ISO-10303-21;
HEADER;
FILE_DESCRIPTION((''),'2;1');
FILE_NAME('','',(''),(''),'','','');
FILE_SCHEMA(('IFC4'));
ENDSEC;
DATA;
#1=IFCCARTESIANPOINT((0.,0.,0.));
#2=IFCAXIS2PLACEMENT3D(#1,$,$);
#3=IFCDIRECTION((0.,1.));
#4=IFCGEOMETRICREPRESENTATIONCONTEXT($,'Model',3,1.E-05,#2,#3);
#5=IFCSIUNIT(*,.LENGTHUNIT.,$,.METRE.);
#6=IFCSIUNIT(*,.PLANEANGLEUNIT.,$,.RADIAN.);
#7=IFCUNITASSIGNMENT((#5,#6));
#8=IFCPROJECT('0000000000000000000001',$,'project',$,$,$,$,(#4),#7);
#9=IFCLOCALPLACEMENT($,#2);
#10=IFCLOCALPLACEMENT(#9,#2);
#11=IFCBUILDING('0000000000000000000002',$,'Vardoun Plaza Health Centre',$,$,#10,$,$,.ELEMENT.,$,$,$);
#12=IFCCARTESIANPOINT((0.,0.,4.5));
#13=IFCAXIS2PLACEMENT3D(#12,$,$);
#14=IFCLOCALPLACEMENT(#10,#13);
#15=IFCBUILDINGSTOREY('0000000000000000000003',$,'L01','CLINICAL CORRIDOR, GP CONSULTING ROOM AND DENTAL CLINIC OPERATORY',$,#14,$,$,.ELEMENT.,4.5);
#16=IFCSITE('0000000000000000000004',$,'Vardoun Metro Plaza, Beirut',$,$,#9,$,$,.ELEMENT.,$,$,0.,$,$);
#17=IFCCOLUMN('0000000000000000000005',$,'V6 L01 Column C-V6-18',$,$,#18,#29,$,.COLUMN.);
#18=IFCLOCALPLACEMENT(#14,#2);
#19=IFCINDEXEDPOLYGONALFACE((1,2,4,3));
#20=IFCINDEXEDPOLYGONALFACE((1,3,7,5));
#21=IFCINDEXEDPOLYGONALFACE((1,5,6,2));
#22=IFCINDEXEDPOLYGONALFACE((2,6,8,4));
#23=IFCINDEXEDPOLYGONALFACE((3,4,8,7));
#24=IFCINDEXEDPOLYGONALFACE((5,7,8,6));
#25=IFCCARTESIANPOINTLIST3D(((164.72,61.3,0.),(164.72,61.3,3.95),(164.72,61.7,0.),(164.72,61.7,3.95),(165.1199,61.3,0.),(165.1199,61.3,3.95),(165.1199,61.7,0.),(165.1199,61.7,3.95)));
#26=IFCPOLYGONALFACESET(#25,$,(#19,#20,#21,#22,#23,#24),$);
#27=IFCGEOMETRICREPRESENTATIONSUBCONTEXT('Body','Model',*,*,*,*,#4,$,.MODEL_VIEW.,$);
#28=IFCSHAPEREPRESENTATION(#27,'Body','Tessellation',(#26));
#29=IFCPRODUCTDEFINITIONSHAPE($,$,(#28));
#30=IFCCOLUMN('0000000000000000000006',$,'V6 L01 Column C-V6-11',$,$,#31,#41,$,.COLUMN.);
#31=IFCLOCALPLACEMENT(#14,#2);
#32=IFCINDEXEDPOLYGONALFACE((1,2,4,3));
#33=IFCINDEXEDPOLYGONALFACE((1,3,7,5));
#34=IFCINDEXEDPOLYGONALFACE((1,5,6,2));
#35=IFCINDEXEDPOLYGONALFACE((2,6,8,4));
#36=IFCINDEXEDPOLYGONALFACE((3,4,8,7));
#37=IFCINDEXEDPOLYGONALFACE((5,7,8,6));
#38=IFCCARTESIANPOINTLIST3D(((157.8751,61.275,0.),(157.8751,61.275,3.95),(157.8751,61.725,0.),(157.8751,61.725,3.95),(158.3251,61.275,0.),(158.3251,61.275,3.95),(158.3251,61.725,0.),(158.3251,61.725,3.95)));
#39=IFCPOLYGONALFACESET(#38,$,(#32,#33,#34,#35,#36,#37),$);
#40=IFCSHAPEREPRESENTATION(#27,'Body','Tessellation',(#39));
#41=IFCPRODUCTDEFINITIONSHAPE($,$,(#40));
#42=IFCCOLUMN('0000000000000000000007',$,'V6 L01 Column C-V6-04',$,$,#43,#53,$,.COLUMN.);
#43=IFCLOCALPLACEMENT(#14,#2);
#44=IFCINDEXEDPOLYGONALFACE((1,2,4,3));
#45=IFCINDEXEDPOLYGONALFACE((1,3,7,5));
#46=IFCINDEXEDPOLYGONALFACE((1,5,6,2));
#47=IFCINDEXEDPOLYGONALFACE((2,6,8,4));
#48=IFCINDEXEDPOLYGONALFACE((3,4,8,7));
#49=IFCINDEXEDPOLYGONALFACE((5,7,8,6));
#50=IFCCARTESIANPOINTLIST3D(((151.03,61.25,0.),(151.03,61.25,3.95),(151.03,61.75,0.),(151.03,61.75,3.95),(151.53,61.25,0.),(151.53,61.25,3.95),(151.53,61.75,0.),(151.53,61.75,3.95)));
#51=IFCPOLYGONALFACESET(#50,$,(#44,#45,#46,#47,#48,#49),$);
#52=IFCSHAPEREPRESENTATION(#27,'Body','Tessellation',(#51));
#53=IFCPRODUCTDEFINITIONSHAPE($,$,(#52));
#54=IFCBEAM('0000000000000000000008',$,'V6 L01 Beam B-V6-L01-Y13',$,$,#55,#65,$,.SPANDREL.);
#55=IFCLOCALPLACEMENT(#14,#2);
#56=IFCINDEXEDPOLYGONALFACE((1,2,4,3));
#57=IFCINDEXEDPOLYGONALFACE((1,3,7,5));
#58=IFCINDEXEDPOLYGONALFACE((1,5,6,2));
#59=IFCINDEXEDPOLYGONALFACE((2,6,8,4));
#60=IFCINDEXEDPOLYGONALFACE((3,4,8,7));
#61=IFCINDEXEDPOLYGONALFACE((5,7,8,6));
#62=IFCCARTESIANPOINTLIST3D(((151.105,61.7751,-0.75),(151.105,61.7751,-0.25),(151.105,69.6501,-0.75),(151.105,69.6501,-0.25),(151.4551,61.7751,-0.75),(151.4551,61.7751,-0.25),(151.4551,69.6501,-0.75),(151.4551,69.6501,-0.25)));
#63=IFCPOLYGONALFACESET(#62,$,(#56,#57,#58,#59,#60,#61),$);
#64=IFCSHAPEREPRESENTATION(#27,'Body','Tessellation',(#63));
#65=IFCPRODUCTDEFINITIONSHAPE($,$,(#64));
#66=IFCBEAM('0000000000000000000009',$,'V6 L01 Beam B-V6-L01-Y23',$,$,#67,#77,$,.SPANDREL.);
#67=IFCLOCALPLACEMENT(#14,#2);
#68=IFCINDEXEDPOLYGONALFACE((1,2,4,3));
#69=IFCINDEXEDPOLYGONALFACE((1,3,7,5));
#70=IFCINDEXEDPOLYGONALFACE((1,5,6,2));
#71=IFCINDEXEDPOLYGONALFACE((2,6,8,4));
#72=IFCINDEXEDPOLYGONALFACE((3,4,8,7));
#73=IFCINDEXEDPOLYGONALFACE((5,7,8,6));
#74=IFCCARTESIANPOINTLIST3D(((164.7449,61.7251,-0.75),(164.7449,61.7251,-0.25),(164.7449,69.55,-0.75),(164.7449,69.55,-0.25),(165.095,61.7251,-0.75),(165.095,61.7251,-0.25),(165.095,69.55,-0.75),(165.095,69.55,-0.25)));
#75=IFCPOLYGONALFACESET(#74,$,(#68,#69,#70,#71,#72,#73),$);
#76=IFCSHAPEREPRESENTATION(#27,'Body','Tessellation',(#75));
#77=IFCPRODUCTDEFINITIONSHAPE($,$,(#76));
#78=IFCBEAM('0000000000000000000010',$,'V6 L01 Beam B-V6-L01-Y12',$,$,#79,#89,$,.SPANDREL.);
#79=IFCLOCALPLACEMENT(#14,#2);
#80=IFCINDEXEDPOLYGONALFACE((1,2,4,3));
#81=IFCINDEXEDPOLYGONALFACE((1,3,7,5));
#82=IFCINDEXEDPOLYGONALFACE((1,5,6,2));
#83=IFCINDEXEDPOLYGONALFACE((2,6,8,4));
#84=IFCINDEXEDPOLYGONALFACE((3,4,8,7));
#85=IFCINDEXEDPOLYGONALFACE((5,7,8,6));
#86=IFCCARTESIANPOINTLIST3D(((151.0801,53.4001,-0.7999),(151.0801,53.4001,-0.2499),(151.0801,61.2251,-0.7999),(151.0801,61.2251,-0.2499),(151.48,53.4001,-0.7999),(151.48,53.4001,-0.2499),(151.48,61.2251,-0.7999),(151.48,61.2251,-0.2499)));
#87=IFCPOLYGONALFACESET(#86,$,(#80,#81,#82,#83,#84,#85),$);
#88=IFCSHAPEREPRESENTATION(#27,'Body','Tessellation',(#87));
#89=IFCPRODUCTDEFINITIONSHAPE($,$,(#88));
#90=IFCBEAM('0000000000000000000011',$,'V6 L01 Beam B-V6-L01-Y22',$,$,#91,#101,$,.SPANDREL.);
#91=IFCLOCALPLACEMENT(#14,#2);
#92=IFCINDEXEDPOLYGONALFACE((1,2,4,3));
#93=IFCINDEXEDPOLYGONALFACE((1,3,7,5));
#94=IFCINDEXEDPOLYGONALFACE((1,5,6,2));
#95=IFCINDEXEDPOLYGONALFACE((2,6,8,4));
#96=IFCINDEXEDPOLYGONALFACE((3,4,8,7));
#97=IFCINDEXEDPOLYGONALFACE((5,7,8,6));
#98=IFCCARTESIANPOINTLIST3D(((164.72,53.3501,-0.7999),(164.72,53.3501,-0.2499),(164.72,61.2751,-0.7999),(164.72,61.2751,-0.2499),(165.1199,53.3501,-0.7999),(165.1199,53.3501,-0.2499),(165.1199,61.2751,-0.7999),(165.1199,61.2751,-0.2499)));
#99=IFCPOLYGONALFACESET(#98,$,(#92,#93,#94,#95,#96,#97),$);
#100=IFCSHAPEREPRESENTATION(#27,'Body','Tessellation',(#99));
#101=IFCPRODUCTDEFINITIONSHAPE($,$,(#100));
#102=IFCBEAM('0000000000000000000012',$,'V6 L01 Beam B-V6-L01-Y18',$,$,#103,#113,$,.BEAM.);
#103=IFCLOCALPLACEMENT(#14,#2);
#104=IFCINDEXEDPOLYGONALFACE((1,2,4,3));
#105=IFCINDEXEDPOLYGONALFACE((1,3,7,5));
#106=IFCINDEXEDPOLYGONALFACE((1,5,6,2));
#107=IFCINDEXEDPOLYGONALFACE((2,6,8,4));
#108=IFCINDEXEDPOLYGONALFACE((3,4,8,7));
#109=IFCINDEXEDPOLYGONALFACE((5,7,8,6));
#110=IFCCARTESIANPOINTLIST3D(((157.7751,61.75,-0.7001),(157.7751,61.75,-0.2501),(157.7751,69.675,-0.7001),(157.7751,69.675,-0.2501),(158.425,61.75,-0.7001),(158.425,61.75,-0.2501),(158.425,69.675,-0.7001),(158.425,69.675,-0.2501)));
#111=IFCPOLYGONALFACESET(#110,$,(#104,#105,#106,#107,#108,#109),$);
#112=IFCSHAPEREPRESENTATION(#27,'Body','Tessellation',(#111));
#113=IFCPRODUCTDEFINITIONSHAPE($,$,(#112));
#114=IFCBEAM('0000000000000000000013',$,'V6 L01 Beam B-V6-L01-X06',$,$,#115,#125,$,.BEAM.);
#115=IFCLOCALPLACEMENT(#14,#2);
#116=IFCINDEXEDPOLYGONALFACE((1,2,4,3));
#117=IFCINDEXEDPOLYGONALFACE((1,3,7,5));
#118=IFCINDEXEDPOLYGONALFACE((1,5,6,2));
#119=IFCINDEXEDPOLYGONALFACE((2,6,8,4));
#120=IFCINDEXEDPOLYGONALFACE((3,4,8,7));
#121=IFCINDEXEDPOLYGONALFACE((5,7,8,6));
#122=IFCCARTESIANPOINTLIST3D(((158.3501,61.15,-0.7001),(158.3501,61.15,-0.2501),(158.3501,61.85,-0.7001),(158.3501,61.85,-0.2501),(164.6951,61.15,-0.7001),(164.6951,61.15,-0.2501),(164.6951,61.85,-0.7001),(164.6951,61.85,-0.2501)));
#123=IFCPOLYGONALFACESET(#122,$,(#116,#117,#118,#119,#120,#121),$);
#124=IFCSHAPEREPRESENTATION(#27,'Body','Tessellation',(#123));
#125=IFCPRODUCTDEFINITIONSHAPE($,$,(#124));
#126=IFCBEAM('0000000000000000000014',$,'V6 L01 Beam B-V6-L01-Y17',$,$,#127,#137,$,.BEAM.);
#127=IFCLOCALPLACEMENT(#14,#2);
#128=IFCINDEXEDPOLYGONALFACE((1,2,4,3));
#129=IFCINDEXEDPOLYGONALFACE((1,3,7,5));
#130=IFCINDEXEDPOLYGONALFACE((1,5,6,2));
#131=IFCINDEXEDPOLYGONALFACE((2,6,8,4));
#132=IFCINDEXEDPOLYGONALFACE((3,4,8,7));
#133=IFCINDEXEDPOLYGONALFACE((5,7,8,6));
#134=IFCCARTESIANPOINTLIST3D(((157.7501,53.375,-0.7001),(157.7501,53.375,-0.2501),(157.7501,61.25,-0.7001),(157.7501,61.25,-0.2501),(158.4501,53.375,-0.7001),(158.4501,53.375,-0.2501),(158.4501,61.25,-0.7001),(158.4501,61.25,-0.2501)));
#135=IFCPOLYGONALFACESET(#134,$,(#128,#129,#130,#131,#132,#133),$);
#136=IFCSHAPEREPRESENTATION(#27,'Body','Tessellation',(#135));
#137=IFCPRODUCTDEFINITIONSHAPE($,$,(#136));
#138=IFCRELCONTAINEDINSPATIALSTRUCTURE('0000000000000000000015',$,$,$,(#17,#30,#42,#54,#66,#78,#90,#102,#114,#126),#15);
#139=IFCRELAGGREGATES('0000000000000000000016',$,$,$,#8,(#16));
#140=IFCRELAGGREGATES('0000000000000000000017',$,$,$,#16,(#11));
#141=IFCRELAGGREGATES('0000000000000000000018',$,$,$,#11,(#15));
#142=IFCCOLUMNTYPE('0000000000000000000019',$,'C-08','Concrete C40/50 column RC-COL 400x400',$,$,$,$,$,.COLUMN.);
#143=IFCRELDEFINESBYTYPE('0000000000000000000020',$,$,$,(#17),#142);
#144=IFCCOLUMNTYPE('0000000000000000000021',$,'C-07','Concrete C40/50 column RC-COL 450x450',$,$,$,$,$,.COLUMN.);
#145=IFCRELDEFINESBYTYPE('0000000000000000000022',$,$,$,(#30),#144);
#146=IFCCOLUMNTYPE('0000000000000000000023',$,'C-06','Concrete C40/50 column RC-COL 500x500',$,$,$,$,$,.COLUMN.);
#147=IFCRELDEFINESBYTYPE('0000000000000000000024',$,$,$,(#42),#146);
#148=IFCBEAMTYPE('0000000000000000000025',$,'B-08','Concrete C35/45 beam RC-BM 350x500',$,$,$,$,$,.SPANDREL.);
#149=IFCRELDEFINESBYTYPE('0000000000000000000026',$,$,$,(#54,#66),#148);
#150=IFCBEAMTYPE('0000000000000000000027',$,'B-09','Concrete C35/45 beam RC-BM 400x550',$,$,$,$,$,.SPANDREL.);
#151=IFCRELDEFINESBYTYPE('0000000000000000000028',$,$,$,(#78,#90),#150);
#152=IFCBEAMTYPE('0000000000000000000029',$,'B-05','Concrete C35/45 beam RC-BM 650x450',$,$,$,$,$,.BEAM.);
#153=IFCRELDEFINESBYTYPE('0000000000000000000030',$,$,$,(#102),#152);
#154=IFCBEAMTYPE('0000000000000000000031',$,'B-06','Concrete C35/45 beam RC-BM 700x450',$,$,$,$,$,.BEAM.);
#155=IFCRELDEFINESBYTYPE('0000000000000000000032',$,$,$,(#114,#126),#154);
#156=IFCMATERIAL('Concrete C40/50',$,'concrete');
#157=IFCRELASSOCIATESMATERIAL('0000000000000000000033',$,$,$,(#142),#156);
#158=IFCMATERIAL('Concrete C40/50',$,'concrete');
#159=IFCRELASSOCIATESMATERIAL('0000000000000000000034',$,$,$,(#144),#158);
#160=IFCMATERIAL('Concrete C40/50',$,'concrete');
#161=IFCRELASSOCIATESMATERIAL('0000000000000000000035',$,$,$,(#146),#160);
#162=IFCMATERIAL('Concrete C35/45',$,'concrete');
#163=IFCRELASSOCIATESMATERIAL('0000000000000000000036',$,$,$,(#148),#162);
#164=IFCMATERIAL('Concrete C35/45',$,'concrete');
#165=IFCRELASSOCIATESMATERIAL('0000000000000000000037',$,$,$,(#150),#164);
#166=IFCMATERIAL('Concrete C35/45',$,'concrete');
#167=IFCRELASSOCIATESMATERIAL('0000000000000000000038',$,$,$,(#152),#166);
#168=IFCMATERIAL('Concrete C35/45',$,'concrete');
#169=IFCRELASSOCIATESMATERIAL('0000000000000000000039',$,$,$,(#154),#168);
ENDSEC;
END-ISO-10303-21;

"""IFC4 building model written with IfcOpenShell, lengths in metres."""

from ifc_helpers import new_model, si_unit, direction, frame, origin, origin_2d, place, context, subcontext, project, spatial, rectangle, extrude, material, material_profile, profile_set, type_object, element, save


model = new_model("IFC4")

# Units and contexts
model_context = context("Model", 3, precision=1e-05, world=origin(), true_north=direction((0.0, 1.0)))
body_context = subcontext(model_context, "Body", "Model", "MODEL_VIEW")
ifc_project = project(units=[si_unit("LENGTHUNIT", "METRE"), si_unit("PLANEANGLEUNIT", "RADIAN")], contexts=[model_context])

# Site, building, storey
site_placement = place(None, origin())
site = spatial("IfcSite", under=ifc_project, at=site_placement, Name="Vardoun Metro Plaza, Beirut", CompositionType="ELEMENT", RefElevation=0.0)
building_placement = place(site_placement, origin())
building = spatial("IfcBuilding", under=site, at=building_placement, Name="Vardoun Plaza Health Centre", CompositionType="ELEMENT")
storey_placement = place(building_placement, frame((0.0, 0.0, 4.5)))
storey = spatial("IfcBuildingStorey", under=building, at=storey_placement, Name="L01", Description="CLINICAL CORRIDOR, GP CONSULTING ROOM AND DENTAL CLINIC OPERATORY", CompositionType="ELEMENT", Elevation=4.5)

# Columns
ifc_material_1 = material(Name="Concrete C40/50", Category="concrete")
ifc_material_profile_1 = material_profile(ifc_material_1, rectangle(XDim=0.3999, YDim=0.3999, at=origin_2d()), Name="RC-COL 400x400")
ifc_profile_set_1 = profile_set([ifc_material_profile_1], Name="Concrete C40/50")
column_type_1 = type_object("IfcColumnType", Name="C-08", Description="Concrete C40/50 column RC-COL 400x400", PredefinedType="COLUMN", material=ifc_profile_set_1)
column_1_placement = place(storey_placement, frame((164.9199, 61.5, 0.0), z_axis=(0.0, 0.0, 1.0), x_axis=(1.0, 0.0, 0.0)))
element("IfcColumn", 1, at=column_1_placement, inside=storey, type_object=column_type_1, Name="V6 L01 Column C-V6-18", PredefinedType="COLUMN", context=body_context, shape_type="SweptSolid", body=[
    extrude(rectangle(XDim=0.3999, YDim=0.3999, at=origin_2d()), origin(), (0.0, 0.0, 1.0), 3.95),
])
ifc_material_2 = material(Name="Concrete C40/50", Category="concrete")
ifc_material_profile_2 = material_profile(ifc_material_2, rectangle(XDim=0.45, YDim=0.45, at=origin_2d()), Name="RC-COL 450x450")
ifc_profile_set_2 = profile_set([ifc_material_profile_2], Name="Concrete C40/50")
column_type_2 = type_object("IfcColumnType", Name="C-07", Description="Concrete C40/50 column RC-COL 450x450", PredefinedType="COLUMN", material=ifc_profile_set_2)
column_2_placement = place(storey_placement, frame((158.1001, 61.5, 0.0), z_axis=(0.0, 0.0, 1.0), x_axis=(1.0, 0.0, 0.0)))
element("IfcColumn", 2, at=column_2_placement, inside=storey, type_object=column_type_2, Name="V6 L01 Column C-V6-11", PredefinedType="COLUMN", context=body_context, shape_type="SweptSolid", body=[
    extrude(rectangle(XDim=0.45, YDim=0.45, at=origin_2d()), origin(), (0.0, 0.0, 1.0), 3.95),
])
ifc_material_3 = material(Name="Concrete C40/50", Category="concrete")
ifc_material_profile_3 = material_profile(ifc_material_3, rectangle(XDim=0.5, YDim=0.5, at=origin_2d()), Name="RC-COL 500x500")
ifc_profile_set_3 = profile_set([ifc_material_profile_3], Name="Concrete C40/50")
column_type_3 = type_object("IfcColumnType", Name="C-06", Description="Concrete C40/50 column RC-COL 500x500", PredefinedType="COLUMN", material=ifc_profile_set_3)
column_3_placement = place(storey_placement, frame((151.28, 61.5, 0.0), z_axis=(0.0, 0.0, 1.0), x_axis=(1.0, 0.0, 0.0)))
element("IfcColumn", 3, at=column_3_placement, inside=storey, type_object=column_type_3, Name="V6 L01 Column C-V6-04", PredefinedType="COLUMN", context=body_context, shape_type="SweptSolid", body=[
    extrude(rectangle(XDim=0.5, YDim=0.5, at=origin_2d()), origin(), (0.0, 0.0, 1.0), 3.95),
])

# Beams
ifc_material_4 = material(Name="Concrete C35/45", Category="concrete")
ifc_material_profile_4 = material_profile(ifc_material_4, rectangle(XDim=0.3501, YDim=0.5, at=origin_2d()), Name="RC-BM 350x500")
ifc_profile_set_4 = profile_set([ifc_material_profile_4], Name="Concrete C35/45")
beam_type_1 = type_object("IfcBeamType", Name="B-08", Description="Concrete C35/45 beam RC-BM 350x500", PredefinedType="SPANDREL", material=ifc_profile_set_4)
beam_1_placement = place(storey_placement, frame((151.28, 61.7751, -0.5), z_axis=(0.0, 1.0, 0.0), x_axis=(-1.0, 0.0, 0.0)))
element("IfcBeam", 4, at=beam_1_placement, inside=storey, type_object=beam_type_1, Name="V6 L01 Beam B-V6-L01-Y13", PredefinedType="SPANDREL", context=body_context, shape_type="SweptSolid", body=[
    extrude(rectangle(XDim=0.3501, YDim=0.5, at=origin_2d()), origin(), (0.0, 0.0, 1.0), 7.875),
])
beam_2_placement = place(storey_placement, frame((164.9199, 61.7251, -0.5), z_axis=(0.0, 1.0, 0.0), x_axis=(-1.0, 0.0, 0.0)))
element("IfcBeam", 5, at=beam_2_placement, inside=storey, type_object=beam_type_1, Name="V6 L01 Beam B-V6-L01-Y23", PredefinedType="SPANDREL", context=body_context, shape_type="SweptSolid", body=[
    extrude(rectangle(XDim=0.3501, YDim=0.5, at=origin_2d()), origin(), (0.0, 0.0, 1.0), 7.825),
])
ifc_material_5 = material(Name="Concrete C35/45", Category="concrete")
ifc_material_profile_5 = material_profile(ifc_material_5, rectangle(XDim=0.3999, YDim=0.55, at=origin_2d()), Name="RC-BM 400x550")
ifc_profile_set_5 = profile_set([ifc_material_profile_5], Name="Concrete C35/45")
beam_type_2 = type_object("IfcBeamType", Name="B-09", Description="Concrete C35/45 beam RC-BM 400x550", PredefinedType="SPANDREL", material=ifc_profile_set_5)
beam_3_placement = place(storey_placement, frame((151.28, 53.4001, -0.5249), z_axis=(0.0, 1.0, 0.0), x_axis=(-1.0, 0.0, 0.0)))
element("IfcBeam", 6, at=beam_3_placement, inside=storey, type_object=beam_type_2, Name="V6 L01 Beam B-V6-L01-Y12", PredefinedType="SPANDREL", context=body_context, shape_type="SweptSolid", body=[
    extrude(rectangle(XDim=0.3999, YDim=0.55, at=origin_2d()), origin(), (0.0, 0.0, 1.0), 7.825),
])
beam_4_placement = place(storey_placement, frame((164.9199, 53.3501, -0.5249), z_axis=(0.0, 1.0, 0.0), x_axis=(-1.0, 0.0, 0.0)))
element("IfcBeam", 7, at=beam_4_placement, inside=storey, type_object=beam_type_2, Name="V6 L01 Beam B-V6-L01-Y22", PredefinedType="SPANDREL", context=body_context, shape_type="SweptSolid", body=[
    extrude(rectangle(XDim=0.3999, YDim=0.55, at=origin_2d()), origin(), (0.0, 0.0, 1.0), 7.925),
])
ifc_material_6 = material(Name="Concrete C35/45", Category="concrete")
ifc_material_profile_6 = material_profile(ifc_material_6, rectangle(XDim=0.6499, YDim=0.45, at=origin_2d()), Name="RC-BM 650x450")
ifc_profile_set_6 = profile_set([ifc_material_profile_6], Name="Concrete C35/45")
beam_type_3 = type_object("IfcBeamType", Name="B-05", Description="Concrete C35/45 beam RC-BM 650x450", PredefinedType="BEAM", material=ifc_profile_set_6)
beam_5_placement = place(storey_placement, frame((158.1001, 61.75, -0.4751), z_axis=(0.0, 1.0, 0.0), x_axis=(-1.0, 0.0, 0.0)))
element("IfcBeam", 8, at=beam_5_placement, inside=storey, type_object=beam_type_3, Name="V6 L01 Beam B-V6-L01-Y18", PredefinedType="BEAM", context=body_context, shape_type="SweptSolid", body=[
    extrude(rectangle(XDim=0.6499, YDim=0.45, at=origin_2d()), origin(), (0.0, 0.0, 1.0), 7.925),
])
ifc_material_7 = material(Name="Concrete C35/45", Category="concrete")
ifc_material_profile_7 = material_profile(ifc_material_7, rectangle(XDim=0.7, YDim=0.45, at=origin_2d()), Name="RC-BM 700x450")
ifc_profile_set_7 = profile_set([ifc_material_profile_7], Name="Concrete C35/45")
beam_type_4 = type_object("IfcBeamType", Name="B-06", Description="Concrete C35/45 beam RC-BM 700x450", PredefinedType="BEAM", material=ifc_profile_set_7)
beam_6_placement = place(storey_placement, frame((158.3501, 61.5, -0.4751), z_axis=(1.0, 0.0, 0.0), x_axis=(0.0, 1.0, 0.0)))
element("IfcBeam", 9, at=beam_6_placement, inside=storey, type_object=beam_type_4, Name="V6 L01 Beam B-V6-L01-X06", PredefinedType="BEAM", context=body_context, shape_type="SweptSolid", body=[
    extrude(rectangle(XDim=0.7, YDim=0.45, at=origin_2d()), origin(), (0.0, 0.0, 1.0), 6.345),
])
beam_7_placement = place(storey_placement, frame((158.1001, 53.375, -0.4751), z_axis=(0.0, 1.0, 0.0), x_axis=(-1.0, 0.0, 0.0)))
element("IfcBeam", 10, at=beam_7_placement, inside=storey, type_object=beam_type_4, Name="V6 L01 Beam B-V6-L01-Y17", PredefinedType="BEAM", context=body_context, shape_type="SweptSolid", body=[
    extrude(rectangle(XDim=0.7, YDim=0.45, at=origin_2d()), origin(), (0.0, 0.0, 1.0), 7.875),
])

save(model, "model.ifc")
